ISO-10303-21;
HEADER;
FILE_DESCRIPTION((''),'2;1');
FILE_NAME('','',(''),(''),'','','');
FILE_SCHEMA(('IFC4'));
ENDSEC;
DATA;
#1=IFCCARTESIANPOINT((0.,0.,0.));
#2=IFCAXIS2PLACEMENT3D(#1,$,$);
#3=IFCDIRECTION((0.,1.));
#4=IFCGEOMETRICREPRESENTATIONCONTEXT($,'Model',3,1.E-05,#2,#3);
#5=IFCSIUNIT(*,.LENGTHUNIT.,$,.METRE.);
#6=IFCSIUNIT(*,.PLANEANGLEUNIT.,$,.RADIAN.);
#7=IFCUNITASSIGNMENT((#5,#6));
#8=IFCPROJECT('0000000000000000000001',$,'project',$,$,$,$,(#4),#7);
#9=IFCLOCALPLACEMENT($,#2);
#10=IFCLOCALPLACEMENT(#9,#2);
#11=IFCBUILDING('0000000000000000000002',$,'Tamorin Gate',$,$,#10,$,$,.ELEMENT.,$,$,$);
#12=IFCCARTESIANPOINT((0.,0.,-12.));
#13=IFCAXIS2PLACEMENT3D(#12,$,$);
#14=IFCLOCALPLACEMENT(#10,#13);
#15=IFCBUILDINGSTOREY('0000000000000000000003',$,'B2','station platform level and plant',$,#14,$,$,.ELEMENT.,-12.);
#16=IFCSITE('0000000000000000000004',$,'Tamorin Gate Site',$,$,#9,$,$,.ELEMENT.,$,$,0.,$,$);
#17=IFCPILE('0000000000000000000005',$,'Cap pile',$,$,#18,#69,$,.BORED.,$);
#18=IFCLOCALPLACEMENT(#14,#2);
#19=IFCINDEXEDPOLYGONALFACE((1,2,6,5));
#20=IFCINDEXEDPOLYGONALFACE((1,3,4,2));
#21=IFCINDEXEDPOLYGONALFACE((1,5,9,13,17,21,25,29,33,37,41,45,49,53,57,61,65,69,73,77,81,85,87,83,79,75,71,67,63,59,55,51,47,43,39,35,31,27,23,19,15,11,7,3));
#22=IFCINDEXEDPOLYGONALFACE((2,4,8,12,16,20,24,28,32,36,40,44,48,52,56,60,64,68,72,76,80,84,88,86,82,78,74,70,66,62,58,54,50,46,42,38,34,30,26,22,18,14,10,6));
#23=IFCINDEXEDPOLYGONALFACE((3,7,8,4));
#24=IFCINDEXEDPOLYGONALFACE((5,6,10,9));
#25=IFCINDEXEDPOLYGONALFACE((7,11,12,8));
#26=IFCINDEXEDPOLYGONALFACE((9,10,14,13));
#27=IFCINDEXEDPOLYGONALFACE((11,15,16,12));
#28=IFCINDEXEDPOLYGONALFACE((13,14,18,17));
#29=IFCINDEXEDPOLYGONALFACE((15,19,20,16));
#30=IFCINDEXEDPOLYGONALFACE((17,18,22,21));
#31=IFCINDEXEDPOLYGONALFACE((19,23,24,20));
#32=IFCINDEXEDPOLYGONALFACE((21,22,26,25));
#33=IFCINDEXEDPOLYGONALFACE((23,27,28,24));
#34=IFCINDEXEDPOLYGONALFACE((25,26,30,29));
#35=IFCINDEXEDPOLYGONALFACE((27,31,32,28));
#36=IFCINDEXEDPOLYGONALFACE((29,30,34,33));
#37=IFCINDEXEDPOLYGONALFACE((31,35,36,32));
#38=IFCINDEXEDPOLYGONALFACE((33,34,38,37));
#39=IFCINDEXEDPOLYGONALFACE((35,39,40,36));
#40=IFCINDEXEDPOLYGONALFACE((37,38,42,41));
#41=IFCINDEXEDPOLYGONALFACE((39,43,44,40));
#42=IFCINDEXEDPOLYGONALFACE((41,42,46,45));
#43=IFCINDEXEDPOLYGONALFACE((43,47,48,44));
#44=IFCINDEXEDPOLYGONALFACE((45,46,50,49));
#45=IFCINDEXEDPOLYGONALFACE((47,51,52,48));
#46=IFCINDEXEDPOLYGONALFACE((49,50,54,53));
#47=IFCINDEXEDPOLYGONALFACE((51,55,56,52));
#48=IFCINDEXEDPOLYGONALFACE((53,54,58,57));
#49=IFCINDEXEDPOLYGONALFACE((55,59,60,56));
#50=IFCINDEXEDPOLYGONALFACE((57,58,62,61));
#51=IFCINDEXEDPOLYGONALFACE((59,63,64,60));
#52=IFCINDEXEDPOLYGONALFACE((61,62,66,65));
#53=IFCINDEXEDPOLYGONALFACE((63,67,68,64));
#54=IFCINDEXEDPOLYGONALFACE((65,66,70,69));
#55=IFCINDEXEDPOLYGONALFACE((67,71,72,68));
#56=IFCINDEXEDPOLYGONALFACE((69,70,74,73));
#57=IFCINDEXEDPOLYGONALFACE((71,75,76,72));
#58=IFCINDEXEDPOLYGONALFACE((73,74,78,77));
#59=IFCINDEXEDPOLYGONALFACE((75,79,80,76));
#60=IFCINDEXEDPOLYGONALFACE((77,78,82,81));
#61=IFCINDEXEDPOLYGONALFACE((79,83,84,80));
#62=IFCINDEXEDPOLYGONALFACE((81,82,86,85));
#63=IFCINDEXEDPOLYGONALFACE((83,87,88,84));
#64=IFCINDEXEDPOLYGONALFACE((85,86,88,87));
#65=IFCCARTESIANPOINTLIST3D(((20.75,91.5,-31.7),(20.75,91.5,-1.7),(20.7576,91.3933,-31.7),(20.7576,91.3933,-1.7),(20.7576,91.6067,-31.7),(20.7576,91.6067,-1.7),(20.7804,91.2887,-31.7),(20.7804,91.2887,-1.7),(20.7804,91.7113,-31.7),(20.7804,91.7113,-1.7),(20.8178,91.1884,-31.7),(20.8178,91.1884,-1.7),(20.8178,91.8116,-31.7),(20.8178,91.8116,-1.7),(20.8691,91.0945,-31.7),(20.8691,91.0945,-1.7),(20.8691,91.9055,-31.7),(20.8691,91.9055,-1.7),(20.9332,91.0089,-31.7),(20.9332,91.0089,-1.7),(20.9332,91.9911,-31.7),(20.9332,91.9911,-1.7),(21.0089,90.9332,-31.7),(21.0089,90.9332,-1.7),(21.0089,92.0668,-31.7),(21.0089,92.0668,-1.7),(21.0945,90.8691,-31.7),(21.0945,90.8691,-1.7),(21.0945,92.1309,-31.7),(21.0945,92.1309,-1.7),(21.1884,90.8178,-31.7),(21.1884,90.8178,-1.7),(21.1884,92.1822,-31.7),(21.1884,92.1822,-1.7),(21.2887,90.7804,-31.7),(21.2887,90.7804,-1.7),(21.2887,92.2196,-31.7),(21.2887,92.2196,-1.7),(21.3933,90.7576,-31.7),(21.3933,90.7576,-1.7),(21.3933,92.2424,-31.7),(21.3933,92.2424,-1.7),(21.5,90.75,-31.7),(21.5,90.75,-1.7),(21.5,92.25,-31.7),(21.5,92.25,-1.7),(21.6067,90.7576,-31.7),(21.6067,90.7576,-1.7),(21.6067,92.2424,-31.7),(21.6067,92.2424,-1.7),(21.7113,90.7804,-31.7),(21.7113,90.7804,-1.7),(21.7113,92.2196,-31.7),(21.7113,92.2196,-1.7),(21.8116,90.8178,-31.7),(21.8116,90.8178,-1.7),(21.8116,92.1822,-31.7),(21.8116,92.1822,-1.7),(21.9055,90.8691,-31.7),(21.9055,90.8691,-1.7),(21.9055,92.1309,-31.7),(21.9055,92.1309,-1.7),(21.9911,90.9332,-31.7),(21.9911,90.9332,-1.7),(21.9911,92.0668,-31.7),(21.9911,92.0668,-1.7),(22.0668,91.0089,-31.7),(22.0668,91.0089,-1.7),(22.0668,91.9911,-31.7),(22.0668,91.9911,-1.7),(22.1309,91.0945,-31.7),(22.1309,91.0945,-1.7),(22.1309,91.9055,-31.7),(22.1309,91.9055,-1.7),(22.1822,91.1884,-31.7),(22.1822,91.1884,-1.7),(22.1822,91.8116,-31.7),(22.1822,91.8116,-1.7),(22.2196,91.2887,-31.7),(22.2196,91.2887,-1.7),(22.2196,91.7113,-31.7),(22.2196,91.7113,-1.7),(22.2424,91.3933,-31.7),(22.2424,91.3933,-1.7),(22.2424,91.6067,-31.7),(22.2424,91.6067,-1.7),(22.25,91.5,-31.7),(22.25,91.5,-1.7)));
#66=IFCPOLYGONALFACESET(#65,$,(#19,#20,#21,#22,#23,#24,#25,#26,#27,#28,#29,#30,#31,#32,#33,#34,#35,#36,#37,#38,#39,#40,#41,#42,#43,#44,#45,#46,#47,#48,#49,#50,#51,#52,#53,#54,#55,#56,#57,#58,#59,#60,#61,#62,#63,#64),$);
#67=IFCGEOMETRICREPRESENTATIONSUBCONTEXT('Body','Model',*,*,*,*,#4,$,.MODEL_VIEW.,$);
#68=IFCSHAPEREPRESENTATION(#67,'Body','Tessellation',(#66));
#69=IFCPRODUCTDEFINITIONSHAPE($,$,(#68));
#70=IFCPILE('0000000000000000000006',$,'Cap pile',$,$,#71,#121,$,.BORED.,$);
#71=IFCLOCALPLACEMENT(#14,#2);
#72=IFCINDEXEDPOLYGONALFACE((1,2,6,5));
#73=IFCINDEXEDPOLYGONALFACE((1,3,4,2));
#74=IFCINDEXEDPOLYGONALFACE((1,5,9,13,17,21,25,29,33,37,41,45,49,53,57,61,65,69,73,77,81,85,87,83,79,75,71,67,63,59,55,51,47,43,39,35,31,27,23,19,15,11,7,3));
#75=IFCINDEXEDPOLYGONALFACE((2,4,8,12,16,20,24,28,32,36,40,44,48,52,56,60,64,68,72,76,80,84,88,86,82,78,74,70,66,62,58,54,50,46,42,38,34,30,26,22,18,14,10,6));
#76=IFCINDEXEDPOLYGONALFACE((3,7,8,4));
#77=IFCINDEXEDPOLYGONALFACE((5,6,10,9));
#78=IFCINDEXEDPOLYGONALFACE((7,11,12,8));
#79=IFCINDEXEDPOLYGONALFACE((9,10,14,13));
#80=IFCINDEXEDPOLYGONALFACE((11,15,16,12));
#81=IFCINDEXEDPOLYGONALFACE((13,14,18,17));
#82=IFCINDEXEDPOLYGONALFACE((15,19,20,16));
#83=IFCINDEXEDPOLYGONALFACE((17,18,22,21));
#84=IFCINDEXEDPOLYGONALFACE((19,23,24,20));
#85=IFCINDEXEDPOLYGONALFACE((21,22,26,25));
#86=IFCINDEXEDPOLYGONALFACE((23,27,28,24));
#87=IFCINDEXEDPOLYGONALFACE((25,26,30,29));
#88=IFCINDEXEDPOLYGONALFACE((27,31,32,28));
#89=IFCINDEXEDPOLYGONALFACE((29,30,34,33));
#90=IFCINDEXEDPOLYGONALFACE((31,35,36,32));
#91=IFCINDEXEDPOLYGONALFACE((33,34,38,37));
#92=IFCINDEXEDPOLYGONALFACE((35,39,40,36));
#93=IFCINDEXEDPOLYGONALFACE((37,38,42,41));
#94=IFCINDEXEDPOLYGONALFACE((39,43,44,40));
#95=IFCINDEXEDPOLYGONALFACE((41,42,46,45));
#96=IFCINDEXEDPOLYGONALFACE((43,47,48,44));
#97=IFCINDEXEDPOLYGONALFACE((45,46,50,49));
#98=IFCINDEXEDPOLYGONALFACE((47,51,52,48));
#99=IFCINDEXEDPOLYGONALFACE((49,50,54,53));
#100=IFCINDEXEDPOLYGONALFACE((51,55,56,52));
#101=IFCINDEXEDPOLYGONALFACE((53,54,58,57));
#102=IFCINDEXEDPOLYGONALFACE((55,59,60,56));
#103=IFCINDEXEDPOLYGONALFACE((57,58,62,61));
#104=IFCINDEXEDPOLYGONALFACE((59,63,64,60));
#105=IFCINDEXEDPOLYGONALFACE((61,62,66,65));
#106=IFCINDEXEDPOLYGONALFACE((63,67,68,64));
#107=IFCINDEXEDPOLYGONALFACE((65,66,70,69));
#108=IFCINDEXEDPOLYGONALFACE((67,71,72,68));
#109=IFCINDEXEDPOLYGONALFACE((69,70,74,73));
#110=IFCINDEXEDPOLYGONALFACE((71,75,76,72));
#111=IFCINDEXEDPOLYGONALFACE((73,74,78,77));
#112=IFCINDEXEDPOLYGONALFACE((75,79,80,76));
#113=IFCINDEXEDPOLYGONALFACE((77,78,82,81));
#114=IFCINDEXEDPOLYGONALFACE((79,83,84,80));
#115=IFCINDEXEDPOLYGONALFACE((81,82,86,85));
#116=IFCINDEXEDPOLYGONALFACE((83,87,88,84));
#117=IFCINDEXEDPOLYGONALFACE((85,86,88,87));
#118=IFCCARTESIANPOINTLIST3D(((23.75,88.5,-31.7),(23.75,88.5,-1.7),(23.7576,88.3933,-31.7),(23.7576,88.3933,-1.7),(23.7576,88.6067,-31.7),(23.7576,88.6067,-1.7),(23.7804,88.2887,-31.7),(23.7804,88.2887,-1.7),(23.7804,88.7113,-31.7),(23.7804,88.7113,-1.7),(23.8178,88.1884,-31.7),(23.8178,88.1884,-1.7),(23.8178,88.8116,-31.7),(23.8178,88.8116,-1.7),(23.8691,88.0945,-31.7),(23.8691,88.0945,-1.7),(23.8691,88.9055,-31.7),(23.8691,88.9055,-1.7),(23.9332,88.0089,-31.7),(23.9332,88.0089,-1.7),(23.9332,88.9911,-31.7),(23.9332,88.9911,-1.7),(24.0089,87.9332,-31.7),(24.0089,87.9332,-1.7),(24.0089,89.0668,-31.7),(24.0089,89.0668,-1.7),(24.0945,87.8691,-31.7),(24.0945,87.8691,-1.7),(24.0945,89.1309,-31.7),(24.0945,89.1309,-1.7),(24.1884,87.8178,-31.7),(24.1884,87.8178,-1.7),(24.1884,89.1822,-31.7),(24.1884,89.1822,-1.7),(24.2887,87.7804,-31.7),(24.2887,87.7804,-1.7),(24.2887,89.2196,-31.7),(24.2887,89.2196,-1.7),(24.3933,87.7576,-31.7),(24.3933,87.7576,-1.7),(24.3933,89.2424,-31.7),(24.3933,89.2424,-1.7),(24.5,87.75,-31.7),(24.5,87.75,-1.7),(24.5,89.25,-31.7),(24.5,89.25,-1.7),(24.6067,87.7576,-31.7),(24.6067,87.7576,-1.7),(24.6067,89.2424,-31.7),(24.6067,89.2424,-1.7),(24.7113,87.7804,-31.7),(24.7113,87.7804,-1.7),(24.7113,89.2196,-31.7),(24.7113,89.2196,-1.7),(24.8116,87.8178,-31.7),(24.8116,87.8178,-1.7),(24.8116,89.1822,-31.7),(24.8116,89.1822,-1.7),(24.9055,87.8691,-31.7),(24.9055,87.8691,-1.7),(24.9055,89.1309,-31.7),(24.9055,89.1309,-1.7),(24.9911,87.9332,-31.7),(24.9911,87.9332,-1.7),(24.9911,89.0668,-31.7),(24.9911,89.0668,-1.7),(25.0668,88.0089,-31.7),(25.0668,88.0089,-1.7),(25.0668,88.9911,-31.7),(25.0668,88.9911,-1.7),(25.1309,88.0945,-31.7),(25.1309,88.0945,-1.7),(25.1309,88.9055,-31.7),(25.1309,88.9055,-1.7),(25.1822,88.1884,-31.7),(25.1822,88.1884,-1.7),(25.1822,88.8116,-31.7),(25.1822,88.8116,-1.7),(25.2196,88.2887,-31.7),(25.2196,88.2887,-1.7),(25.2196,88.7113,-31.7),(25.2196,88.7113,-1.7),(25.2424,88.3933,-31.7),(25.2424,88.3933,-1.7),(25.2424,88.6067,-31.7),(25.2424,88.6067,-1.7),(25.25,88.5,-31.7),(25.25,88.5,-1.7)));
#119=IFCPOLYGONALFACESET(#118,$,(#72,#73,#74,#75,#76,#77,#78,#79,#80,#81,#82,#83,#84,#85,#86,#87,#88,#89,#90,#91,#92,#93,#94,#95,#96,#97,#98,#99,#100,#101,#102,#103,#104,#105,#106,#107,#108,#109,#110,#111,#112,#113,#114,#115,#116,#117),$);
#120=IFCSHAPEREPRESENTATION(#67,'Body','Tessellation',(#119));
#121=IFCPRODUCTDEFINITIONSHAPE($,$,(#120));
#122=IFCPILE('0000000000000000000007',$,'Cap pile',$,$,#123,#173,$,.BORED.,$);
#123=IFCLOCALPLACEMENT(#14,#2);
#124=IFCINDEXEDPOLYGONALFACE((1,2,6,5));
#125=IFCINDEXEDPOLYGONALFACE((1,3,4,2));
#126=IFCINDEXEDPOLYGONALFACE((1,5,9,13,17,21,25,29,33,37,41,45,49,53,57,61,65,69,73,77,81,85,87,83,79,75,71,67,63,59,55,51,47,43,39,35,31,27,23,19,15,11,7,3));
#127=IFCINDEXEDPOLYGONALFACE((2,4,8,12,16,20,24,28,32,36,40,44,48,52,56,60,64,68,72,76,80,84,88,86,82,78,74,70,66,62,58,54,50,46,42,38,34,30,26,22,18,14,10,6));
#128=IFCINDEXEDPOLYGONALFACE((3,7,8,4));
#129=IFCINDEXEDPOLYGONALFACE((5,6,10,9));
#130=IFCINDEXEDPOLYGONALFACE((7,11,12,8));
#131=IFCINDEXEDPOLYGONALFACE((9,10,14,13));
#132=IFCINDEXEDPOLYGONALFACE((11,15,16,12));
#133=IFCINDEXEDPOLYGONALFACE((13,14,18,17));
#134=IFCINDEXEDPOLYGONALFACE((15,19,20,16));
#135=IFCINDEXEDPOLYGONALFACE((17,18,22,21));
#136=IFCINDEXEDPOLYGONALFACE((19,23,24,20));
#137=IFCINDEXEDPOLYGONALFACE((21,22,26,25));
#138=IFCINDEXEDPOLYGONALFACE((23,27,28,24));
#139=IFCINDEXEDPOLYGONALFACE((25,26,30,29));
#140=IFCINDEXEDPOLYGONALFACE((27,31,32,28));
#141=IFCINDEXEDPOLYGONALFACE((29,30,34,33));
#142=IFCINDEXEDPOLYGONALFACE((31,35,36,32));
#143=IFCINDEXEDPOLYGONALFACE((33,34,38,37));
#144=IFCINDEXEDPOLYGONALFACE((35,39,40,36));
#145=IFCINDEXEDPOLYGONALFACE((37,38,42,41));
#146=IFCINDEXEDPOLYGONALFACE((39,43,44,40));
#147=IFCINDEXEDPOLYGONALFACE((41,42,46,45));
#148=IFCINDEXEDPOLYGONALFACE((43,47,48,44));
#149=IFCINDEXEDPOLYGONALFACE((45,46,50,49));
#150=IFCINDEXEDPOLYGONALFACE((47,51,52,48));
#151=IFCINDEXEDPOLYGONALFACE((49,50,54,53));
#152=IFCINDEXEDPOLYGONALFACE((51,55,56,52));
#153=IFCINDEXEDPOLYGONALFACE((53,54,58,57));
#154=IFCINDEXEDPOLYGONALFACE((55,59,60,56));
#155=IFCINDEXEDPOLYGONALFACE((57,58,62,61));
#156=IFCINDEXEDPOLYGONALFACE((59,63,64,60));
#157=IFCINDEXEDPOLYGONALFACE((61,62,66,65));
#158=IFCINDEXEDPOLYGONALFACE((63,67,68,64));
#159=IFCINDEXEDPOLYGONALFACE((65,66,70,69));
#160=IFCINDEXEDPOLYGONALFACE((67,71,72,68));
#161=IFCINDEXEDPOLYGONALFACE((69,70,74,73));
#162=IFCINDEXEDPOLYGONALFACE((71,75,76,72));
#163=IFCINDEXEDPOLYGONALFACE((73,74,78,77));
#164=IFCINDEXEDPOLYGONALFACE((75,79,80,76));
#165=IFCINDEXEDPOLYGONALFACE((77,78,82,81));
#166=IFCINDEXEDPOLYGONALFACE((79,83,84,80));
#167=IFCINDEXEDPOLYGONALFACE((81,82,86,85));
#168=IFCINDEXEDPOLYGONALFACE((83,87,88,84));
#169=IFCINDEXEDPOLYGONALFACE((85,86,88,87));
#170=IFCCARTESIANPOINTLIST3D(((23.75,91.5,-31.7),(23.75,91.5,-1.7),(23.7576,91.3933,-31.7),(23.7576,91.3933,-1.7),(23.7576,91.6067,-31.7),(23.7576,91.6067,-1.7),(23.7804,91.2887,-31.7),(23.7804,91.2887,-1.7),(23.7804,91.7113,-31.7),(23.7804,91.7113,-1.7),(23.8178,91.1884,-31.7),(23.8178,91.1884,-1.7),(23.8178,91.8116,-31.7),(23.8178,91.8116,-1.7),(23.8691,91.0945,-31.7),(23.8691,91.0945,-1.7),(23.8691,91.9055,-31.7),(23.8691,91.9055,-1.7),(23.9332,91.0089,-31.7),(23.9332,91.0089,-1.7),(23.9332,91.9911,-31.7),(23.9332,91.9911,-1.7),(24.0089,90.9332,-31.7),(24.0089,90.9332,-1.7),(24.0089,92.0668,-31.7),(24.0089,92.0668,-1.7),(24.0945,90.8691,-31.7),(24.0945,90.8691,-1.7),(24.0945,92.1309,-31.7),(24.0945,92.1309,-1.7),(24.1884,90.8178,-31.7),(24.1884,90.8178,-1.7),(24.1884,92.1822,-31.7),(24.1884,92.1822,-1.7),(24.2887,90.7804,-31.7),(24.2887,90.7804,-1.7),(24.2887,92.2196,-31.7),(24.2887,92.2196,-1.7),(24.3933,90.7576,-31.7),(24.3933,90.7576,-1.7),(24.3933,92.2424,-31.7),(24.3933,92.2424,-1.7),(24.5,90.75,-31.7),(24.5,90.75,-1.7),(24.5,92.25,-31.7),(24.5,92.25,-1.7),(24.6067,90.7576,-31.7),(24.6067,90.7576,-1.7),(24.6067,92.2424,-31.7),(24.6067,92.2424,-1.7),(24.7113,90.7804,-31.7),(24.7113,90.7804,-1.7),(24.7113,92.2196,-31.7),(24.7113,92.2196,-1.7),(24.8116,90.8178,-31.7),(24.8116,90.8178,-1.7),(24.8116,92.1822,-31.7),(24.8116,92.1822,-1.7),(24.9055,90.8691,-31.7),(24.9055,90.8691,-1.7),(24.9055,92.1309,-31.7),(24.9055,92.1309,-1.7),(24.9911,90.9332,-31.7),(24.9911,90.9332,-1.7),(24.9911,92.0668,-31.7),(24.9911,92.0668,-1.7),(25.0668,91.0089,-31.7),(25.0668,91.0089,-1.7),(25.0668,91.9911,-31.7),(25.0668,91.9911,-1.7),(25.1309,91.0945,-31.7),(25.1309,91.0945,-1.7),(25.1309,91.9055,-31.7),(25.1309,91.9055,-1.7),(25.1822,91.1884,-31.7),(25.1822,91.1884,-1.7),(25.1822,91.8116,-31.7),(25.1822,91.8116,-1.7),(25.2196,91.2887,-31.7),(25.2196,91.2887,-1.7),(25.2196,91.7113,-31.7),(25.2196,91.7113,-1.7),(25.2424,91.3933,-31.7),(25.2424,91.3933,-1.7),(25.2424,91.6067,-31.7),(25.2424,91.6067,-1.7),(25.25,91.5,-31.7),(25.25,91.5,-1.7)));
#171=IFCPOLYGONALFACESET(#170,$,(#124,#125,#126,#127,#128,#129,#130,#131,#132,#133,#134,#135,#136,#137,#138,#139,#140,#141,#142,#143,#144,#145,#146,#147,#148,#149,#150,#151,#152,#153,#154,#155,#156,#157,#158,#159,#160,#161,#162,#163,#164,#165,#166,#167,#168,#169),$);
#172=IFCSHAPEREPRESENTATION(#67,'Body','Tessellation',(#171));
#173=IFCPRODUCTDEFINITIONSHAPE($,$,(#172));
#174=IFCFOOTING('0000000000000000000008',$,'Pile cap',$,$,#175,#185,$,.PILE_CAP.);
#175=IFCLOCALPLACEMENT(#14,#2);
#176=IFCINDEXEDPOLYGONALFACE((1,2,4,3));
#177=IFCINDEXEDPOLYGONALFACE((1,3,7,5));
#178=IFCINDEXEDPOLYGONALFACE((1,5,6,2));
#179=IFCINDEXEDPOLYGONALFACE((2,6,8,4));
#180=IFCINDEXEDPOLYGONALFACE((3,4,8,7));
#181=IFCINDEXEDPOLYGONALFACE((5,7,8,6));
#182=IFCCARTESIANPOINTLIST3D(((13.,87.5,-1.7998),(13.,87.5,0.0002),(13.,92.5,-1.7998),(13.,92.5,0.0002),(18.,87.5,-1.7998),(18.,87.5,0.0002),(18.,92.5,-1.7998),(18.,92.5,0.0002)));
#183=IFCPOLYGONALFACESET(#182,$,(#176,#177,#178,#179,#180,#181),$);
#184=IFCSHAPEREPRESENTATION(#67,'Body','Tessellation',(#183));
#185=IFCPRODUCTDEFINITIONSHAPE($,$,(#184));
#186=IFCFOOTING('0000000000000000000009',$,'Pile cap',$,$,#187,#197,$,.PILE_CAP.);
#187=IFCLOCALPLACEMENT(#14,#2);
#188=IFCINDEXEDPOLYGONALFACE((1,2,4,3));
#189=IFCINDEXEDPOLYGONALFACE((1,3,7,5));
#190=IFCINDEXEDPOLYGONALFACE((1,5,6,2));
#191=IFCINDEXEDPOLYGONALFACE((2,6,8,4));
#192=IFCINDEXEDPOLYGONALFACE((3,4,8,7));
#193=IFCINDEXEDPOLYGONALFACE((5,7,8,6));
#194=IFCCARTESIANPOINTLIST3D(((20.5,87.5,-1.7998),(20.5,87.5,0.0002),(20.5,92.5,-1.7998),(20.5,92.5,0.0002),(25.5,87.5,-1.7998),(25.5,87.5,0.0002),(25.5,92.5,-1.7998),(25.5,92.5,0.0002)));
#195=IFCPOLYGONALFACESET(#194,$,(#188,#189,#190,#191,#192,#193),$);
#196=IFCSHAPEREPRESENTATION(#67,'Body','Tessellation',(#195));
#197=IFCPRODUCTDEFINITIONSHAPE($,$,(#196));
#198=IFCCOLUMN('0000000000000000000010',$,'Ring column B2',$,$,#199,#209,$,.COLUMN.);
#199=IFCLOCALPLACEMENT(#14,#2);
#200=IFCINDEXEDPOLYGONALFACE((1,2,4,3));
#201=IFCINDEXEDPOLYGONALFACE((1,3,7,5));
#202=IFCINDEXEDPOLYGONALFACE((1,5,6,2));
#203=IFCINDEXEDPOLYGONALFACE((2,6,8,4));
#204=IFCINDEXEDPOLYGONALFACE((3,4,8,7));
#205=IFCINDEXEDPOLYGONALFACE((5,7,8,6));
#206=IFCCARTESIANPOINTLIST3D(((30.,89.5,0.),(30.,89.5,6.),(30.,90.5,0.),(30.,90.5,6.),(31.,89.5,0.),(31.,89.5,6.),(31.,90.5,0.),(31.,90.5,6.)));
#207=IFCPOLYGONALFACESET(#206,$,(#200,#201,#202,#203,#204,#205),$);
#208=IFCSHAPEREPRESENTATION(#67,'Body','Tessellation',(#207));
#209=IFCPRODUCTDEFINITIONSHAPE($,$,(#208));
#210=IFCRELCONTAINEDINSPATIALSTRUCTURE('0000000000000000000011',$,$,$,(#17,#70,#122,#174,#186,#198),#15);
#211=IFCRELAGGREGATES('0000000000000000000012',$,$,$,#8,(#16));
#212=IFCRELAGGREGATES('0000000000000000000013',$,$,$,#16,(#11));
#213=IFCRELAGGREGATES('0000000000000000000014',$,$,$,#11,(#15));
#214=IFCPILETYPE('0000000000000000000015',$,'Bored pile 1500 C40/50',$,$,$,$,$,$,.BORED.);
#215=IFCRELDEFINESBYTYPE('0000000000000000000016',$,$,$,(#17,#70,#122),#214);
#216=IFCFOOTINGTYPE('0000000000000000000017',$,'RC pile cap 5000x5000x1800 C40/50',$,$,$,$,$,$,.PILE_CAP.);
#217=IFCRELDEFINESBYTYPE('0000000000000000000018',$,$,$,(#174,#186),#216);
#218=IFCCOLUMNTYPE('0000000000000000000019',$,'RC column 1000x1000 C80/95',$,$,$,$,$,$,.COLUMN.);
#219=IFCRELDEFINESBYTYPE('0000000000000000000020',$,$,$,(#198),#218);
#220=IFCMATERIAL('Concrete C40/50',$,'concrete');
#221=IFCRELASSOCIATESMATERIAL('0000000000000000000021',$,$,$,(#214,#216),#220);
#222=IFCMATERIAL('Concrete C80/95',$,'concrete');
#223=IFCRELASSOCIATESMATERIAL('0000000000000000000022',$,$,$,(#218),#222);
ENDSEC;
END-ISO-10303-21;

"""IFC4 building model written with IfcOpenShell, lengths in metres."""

from ifc_helpers import new_model, si_unit, direction, frame, origin, origin_2d, place, context, subcontext, project, spatial, rectangle, circle, extrude, material, material_profile, profile_set, type_object, element, save


model = new_model("IFC4")

# Units and contexts
model_context = context("Model", 3, precision=1e-05, world=origin(), true_north=direction((0.0, 1.0)))
body_context = subcontext(model_context, "Body", "Model", "MODEL_VIEW")
ifc_project = project(units=[si_unit("LENGTHUNIT", "METRE"), si_unit("PLANEANGLEUNIT", "RADIAN")], contexts=[model_context])

# Site, building, storey
site_placement = place(None, origin())
site = spatial("IfcSite", under=ifc_project, at=site_placement, Name="Tamorin Gate Site", CompositionType="ELEMENT", RefElevation=0.0)
building_placement = place(site_placement, origin())
building = spatial("IfcBuilding", under=site, at=building_placement, Name="Tamorin Gate", CompositionType="ELEMENT")
storey_placement = place(building_placement, frame((0.0, 0.0, -12.0)))
storey = spatial("IfcBuildingStorey", under=building, at=storey_placement, Name="B2", Description="station platform level and plant", CompositionType="ELEMENT", Elevation=-12.0)

# Piles
ifc_material_1 = material(Name="Concrete C40/50", Category="concrete")
ifc_material_profile_1 = material_profile(ifc_material_1, circle(Radius=0.75, at=origin_2d()))
ifc_profile_set_1 = profile_set([ifc_material_profile_1], Name="Concrete C40/50")
pile_type = type_object("IfcPileType", Name="Bored pile 1500 C40/50", PredefinedType="BORED", material=ifc_profile_set_1)
for number, where, z_axis, x_axis, name in (
    (1, (21.5, 91.5, -1.7), (0.0, 0.0, -1.0), (1.0, 0.0, 0.0), "Cap pile"),
    (2, (24.5, 88.5, -1.7), (0.0, 0.0, -1.0), (1.0, 0.0, 0.0), "Cap pile"),
    (3, (24.5, 91.5, -1.7), (0.0, 0.0, -1.0), (1.0, 0.0, 0.0), "Cap pile"),
):
    element("IfcPile", number, at=place(storey_placement, frame(where, z_axis=z_axis, x_axis=x_axis)), inside=storey, type_object=pile_type, Name=name, PredefinedType="BORED", context=body_context, shape_type="SweptSolid", body=[
        extrude(circle(Radius=0.75, at=origin_2d()), origin(), (0.0, 0.0, 1.0), 30.0),
    ])

# Footings
footing_type = type_object("IfcFootingType", Name="RC pile cap 5000x5000x1800 C40/50", PredefinedType="PILE_CAP", material=ifc_material_1)
for number, where, z_axis, x_axis, name in (
    (4, (15.5, 90.0, -1.7998), (0.0, 0.0, 1.0), (1.0, 0.0, 0.0), "Pile cap"),
    (5, (23.0, 90.0, -1.7998), (0.0, 0.0, 1.0), (1.0, 0.0, 0.0), "Pile cap"),
):
    element("IfcFooting", number, at=place(storey_placement, frame(where, z_axis=z_axis, x_axis=x_axis)), inside=storey, type_object=footing_type, Name=name, PredefinedType="PILE_CAP", context=body_context, shape_type="SweptSolid", body=[
        extrude(rectangle(XDim=5.0, YDim=5.0, at=origin_2d()), origin(), (0.0, 0.0, 1.0), 1.8),
    ])

# Column
ifc_material_2 = material(Name="Concrete C80/95", Category="concrete")
ifc_material_profile_2 = material_profile(ifc_material_2, rectangle(XDim=1.0, YDim=1.0, at=origin_2d()), Name="RC 1000x1000")
ifc_profile_set_2 = profile_set([ifc_material_profile_2], Name="Concrete C80/95")
column_type_1 = type_object("IfcColumnType", Name="RC column 1000x1000 C80/95", PredefinedType="COLUMN", material=ifc_profile_set_2)
column_placement = place(storey_placement, frame((30.5, 90.0, 0.0), z_axis=(0.0, 0.0, 1.0), x_axis=(1.0, 0.0, 0.0)))
element("IfcColumn", 6, at=column_placement, inside=storey, type_object=column_type_1, Name="Ring column B2", PredefinedType="COLUMN", context=body_context, shape_type="SweptSolid", body=[
    extrude(rectangle(XDim=1.0, YDim=1.0, at=origin_2d()), origin(), (0.0, 0.0, 1.0), 6.0),
])

save(model, "model.ifc")
